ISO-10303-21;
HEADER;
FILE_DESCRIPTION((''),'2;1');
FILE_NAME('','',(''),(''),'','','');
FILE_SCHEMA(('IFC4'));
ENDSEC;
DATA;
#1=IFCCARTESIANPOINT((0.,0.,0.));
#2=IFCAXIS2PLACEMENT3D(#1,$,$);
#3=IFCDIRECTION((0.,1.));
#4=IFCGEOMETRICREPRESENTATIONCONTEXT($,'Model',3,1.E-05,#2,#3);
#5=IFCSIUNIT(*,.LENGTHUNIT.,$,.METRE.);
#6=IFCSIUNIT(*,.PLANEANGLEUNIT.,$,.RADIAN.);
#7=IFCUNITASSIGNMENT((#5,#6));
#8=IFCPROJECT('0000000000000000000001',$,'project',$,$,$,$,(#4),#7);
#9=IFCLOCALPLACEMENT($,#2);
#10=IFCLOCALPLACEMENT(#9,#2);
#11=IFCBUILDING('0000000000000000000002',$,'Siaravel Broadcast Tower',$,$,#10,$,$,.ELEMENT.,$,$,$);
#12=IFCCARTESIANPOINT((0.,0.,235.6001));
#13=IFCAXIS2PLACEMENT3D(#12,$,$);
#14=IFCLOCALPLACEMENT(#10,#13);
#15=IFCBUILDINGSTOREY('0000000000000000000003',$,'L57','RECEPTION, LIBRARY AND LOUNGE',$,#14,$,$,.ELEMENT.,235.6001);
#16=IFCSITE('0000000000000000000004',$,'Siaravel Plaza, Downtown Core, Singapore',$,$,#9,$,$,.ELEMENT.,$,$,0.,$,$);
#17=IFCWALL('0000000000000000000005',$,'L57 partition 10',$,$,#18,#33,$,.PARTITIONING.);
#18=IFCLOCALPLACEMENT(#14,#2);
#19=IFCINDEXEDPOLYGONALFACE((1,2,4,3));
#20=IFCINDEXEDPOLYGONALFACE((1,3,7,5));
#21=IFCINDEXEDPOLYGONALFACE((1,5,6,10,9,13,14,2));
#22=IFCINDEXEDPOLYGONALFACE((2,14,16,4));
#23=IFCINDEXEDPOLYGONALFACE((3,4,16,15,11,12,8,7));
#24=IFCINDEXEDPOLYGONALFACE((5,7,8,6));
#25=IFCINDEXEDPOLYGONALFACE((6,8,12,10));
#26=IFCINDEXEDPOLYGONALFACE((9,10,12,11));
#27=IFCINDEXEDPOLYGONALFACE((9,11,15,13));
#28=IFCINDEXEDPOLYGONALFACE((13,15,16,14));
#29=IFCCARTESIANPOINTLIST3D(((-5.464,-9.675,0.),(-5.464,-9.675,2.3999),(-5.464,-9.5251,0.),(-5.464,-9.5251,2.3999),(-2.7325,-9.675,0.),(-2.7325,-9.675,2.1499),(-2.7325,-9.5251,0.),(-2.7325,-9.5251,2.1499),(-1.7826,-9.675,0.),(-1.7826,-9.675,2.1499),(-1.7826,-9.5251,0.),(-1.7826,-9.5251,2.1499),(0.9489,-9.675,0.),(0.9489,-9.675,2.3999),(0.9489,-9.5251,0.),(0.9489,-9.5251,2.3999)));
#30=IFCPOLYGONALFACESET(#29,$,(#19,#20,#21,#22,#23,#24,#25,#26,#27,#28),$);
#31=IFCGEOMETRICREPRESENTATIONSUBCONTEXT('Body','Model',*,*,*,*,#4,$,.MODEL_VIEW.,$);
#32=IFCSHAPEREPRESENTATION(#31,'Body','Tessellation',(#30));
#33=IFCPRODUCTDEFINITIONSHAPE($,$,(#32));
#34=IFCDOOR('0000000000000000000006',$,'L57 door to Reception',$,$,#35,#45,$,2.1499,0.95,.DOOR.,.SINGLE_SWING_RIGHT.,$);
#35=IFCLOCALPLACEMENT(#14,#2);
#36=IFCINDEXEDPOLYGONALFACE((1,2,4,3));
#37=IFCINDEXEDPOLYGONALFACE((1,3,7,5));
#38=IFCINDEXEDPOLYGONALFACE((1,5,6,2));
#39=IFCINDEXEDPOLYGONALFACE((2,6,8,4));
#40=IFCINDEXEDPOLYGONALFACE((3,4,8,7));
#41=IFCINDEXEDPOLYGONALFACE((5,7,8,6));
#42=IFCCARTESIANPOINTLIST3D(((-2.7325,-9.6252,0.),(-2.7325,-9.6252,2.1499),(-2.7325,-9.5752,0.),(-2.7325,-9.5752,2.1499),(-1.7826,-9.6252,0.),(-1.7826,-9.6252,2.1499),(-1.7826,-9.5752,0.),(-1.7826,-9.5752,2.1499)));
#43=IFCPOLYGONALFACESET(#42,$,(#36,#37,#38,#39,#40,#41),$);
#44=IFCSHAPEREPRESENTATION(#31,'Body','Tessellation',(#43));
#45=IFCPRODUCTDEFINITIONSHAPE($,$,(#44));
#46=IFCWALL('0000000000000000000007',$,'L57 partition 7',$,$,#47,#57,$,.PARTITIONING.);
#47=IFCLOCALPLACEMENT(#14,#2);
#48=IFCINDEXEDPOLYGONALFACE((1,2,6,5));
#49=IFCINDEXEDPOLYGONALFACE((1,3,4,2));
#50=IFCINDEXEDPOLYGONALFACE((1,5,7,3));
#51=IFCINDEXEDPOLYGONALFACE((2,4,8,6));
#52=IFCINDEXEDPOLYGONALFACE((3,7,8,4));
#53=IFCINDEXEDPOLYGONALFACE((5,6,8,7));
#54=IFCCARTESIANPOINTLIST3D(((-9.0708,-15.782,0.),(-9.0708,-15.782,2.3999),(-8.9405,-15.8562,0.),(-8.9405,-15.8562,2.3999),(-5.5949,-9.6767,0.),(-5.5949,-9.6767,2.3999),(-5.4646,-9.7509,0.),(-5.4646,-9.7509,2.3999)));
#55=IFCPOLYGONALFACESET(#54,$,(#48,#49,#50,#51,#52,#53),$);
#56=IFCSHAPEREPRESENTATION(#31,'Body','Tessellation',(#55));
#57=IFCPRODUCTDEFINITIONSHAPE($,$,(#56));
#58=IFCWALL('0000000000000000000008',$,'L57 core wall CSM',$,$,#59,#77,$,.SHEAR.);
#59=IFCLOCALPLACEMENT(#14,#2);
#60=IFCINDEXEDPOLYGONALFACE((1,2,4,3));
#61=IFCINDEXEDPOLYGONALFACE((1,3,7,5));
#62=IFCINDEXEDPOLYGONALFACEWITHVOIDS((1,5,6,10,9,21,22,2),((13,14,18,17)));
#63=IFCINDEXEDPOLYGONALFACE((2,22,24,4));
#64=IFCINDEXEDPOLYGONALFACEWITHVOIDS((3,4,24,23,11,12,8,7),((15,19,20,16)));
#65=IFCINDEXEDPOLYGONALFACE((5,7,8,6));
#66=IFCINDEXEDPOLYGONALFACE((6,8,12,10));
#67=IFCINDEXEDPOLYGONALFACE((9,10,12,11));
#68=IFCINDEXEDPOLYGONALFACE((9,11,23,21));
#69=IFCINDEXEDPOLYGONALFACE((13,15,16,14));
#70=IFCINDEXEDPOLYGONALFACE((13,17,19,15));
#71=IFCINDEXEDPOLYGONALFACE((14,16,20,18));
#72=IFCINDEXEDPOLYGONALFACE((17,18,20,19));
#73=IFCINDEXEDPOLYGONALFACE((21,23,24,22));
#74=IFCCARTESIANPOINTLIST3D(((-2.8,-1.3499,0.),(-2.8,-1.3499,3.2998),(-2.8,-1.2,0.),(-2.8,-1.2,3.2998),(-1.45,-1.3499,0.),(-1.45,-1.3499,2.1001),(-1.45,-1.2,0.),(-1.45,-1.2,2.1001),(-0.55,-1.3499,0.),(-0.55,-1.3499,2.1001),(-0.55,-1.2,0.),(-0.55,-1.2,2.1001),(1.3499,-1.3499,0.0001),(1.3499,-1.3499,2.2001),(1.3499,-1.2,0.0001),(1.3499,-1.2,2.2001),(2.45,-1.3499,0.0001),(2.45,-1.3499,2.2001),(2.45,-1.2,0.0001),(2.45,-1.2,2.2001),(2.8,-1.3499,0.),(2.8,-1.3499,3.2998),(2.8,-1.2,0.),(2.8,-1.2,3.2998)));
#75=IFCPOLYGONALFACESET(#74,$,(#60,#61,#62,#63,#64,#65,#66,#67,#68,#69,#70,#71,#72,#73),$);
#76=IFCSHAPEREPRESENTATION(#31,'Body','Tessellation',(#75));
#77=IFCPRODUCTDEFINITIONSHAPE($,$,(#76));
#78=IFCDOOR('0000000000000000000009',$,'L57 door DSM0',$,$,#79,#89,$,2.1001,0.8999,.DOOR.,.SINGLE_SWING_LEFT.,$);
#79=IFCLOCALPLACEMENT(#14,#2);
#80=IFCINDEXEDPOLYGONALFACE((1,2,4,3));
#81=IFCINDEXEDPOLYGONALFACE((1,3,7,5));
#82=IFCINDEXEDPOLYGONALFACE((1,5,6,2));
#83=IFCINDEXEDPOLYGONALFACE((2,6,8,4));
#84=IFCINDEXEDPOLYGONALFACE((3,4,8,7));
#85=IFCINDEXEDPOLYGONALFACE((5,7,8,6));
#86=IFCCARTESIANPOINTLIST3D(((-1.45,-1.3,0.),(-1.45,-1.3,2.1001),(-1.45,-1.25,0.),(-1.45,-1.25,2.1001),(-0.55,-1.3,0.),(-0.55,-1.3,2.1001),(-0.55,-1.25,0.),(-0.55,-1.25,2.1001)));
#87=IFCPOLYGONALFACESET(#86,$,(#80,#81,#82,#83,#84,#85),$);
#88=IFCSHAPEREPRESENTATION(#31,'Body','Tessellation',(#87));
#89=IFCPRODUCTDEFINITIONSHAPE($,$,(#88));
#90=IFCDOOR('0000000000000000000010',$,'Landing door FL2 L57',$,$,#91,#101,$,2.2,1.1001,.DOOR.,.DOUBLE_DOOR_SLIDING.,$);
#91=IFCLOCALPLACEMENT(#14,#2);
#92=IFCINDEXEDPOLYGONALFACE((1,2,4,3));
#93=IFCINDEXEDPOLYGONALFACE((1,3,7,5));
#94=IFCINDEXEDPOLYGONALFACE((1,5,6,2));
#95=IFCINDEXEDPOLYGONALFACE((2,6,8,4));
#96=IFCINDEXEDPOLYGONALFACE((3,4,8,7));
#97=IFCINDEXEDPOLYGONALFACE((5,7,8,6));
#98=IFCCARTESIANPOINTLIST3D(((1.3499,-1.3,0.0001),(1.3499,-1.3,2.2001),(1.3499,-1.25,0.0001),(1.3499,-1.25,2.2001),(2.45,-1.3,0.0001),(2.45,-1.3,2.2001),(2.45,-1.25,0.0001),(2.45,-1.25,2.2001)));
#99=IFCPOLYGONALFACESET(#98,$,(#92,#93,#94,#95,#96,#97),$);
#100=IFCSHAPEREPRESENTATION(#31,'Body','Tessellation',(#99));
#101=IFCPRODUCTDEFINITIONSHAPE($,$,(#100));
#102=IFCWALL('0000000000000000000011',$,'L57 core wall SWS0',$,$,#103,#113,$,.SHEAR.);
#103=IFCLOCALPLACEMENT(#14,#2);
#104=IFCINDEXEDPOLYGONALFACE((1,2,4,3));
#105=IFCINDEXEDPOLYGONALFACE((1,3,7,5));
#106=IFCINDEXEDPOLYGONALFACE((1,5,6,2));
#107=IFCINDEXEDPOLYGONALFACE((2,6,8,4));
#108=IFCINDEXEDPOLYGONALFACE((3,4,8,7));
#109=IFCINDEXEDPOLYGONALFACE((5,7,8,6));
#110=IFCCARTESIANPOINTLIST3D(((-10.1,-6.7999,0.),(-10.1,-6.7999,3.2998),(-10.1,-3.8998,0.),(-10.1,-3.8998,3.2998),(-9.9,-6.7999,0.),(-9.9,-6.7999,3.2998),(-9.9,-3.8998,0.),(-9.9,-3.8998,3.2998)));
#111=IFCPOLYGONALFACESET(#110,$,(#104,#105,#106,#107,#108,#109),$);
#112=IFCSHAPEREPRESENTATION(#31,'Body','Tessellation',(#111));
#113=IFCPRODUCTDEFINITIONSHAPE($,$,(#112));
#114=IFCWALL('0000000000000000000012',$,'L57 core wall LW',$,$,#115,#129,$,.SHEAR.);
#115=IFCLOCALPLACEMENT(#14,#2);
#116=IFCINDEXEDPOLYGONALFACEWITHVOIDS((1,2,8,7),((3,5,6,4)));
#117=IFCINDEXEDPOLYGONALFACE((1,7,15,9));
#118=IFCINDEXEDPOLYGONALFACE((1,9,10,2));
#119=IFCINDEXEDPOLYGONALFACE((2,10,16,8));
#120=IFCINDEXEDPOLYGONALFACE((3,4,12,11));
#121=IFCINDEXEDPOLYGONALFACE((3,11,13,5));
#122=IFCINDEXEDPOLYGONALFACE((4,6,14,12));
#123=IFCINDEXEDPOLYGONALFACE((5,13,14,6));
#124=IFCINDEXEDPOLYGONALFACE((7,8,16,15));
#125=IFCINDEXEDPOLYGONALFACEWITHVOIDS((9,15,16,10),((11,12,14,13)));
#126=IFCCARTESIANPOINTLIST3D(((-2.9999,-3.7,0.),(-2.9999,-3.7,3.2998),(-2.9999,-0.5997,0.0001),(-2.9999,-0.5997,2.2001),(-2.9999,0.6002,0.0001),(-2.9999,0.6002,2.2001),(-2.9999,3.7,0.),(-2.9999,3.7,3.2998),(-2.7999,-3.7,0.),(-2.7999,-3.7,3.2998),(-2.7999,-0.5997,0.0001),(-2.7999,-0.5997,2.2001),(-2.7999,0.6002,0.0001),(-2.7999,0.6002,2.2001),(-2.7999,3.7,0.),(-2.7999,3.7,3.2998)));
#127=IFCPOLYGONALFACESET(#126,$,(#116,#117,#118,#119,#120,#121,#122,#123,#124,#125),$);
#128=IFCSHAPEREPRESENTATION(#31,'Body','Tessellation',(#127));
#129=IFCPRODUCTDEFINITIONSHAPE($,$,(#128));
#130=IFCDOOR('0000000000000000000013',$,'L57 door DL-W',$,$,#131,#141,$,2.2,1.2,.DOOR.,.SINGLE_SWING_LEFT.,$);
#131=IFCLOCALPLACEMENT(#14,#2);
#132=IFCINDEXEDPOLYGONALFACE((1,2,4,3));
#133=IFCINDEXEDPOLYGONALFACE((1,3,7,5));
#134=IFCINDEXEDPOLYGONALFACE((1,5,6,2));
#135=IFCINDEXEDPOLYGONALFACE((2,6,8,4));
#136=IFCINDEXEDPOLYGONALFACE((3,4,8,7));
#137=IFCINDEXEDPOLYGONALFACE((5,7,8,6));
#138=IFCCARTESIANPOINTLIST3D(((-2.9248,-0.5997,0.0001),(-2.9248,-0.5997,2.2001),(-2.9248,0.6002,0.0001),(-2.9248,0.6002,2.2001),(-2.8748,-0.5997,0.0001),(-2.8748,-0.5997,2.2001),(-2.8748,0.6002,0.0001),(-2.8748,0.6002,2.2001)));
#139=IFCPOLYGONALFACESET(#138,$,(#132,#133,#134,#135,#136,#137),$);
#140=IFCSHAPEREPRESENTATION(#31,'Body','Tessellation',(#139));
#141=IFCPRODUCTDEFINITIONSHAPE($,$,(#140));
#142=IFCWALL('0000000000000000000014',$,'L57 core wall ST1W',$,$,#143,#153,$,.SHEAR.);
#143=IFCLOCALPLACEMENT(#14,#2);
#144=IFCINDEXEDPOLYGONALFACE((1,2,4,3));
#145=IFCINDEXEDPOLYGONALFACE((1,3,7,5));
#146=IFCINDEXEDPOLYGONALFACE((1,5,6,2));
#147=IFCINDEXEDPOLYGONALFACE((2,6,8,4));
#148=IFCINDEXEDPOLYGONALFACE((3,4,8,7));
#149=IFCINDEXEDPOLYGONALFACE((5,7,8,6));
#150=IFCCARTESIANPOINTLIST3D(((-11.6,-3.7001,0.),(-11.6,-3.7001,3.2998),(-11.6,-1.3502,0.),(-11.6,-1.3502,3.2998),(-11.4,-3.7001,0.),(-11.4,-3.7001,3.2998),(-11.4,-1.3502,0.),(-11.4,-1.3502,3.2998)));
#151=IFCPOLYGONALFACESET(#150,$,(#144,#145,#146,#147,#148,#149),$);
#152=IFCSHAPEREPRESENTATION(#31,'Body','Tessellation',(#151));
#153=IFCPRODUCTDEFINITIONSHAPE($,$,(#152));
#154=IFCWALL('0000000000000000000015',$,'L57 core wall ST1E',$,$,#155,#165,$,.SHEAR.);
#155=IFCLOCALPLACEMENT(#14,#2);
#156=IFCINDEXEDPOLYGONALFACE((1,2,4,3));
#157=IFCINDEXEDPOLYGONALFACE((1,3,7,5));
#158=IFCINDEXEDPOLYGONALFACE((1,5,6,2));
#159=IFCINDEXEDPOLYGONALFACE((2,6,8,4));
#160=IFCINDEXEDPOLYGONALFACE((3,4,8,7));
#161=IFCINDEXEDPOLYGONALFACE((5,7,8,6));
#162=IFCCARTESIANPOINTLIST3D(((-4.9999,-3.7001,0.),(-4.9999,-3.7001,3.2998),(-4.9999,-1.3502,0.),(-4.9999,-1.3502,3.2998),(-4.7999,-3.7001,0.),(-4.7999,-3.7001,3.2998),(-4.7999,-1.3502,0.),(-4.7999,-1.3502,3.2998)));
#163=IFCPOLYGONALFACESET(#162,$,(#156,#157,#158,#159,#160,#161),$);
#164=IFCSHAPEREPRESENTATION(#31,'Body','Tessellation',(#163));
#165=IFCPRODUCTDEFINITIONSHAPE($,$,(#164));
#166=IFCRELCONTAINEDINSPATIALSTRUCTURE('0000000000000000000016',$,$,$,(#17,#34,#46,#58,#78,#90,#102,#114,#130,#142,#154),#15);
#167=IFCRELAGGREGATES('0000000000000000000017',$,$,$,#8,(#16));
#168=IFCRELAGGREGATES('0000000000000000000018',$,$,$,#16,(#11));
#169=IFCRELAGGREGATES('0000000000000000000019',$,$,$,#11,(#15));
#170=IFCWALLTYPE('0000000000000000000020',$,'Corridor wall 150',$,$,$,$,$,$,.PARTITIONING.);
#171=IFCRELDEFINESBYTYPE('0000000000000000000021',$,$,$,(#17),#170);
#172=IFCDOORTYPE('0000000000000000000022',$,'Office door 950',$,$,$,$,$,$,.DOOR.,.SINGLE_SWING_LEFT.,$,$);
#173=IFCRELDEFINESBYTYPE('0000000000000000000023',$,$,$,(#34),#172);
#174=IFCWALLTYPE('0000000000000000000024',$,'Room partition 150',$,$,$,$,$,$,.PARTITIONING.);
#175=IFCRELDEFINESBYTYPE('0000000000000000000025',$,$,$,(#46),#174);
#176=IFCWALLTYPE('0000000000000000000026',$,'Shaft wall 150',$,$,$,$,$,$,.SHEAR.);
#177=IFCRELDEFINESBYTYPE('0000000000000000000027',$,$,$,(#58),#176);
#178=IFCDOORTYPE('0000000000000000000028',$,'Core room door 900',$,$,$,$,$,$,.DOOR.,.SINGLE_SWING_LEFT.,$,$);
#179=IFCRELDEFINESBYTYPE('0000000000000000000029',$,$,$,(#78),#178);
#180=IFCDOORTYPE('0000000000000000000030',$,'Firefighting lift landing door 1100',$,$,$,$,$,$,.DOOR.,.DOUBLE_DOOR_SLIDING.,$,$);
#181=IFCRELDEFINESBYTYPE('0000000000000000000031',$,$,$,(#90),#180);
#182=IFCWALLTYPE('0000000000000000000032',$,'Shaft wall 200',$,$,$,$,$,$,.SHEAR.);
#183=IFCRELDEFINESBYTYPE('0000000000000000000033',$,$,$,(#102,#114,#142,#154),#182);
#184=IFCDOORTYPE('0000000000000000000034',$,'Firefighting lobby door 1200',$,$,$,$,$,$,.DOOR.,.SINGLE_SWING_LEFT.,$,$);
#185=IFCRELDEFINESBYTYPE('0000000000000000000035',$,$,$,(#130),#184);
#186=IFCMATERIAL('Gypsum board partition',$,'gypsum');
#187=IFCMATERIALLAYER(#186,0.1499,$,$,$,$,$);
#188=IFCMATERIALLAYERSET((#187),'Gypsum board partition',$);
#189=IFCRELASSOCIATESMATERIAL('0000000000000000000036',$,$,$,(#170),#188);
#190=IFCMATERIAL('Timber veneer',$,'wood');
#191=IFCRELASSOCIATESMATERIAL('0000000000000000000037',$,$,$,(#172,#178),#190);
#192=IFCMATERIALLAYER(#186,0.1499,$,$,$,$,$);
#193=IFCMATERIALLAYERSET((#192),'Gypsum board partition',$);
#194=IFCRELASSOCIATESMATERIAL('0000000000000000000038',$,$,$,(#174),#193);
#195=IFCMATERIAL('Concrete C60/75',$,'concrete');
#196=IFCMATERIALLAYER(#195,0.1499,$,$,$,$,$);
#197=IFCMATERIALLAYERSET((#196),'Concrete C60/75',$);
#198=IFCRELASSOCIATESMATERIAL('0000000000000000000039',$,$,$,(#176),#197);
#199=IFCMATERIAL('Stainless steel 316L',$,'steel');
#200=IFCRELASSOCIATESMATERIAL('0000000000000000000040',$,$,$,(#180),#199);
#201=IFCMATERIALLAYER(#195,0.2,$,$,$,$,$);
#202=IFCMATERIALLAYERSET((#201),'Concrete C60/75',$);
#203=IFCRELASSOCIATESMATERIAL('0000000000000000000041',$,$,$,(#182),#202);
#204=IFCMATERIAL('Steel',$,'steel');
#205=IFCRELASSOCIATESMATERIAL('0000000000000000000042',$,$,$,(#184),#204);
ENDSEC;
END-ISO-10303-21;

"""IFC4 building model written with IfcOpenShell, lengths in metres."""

from ifc_helpers import new_model, si_unit, direction, frame, frame_2d, origin, place, context, subcontext, project, spatial, rectangle, extrude, material, layer, layer_set, type_object, element, fill, save


model = new_model("IFC4")

# Units and contexts
model_context = context("Model", 3, precision=1e-05, world=origin(), true_north=direction((0.0, 1.0)))
body_context = subcontext(model_context, "Body", "Model", "MODEL_VIEW")
ifc_project = project(units=[si_unit("LENGTHUNIT", "METRE"), si_unit("PLANEANGLEUNIT", "RADIAN")], contexts=[model_context])

# Site, building, storey
site_placement = place(None, origin())
site = spatial("IfcSite", under=ifc_project, at=site_placement, Name="Siaravel Plaza, Downtown Core, Singapore", CompositionType="ELEMENT", RefElevation=0.0)
building_placement = place(site_placement, origin())
building = spatial("IfcBuilding", under=site, at=building_placement, Name="Siaravel Broadcast Tower", CompositionType="ELEMENT")
storey_placement = place(building_placement, frame((0.0, 0.0, 235.6001)))
storey = spatial("IfcBuildingStorey", under=building, at=storey_placement, Name="L57", Description="RECEPTION, LIBRARY AND LOUNGE", CompositionType="ELEMENT", Elevation=235.6001)

# Wall, opening, door
ifc_material_1 = material(Name="Gypsum board partition", Category="gypsum")
ifc_layer_1 = layer(ifc_material_1, 0.1499)
ifc_layer_set_1 = layer_set([ifc_layer_1], Name="Gypsum board partition")
wall_type_1 = type_object("IfcWallType", Name="Corridor wall 150", PredefinedType="PARTITIONING", material=ifc_layer_set_1)
wall_1_placement = place(storey_placement, frame((-5.4641, -9.6001, 0.0), z_axis=(0.0, 0.0, 1.0), x_axis=(1.0, 0.0, 0.0)))
wall_1 = element("IfcWall", 1, at=wall_1_placement, inside=storey, type_object=wall_type_1, Name="L57 partition 10", PredefinedType="PARTITIONING", context=body_context, shape_type="SweptSolid", body=[
    extrude(rectangle(XDim=6.4128, YDim=0.1499, at=frame_2d((3.2065, 0.0))), origin(), (0.0, 0.0, 1.0), 2.3999),
])
opening_1_placement = place(wall_1_placement, frame((2.7314, 0.0, 0.0)))
opening_1 = element("IfcOpeningElement", 2, at=opening_1_placement, cuts=wall_1, PredefinedType="OPENING", context=body_context, shape_type="SweptSolid", body=[
    extrude(rectangle(XDim=0.95, YDim=2.1499, at=frame_2d((0.4751, 1.075))), frame((0.0, 0.085, 0.0), z_axis=(0.0, -1.0, 0.0), x_axis=(1.0, 0.0, 0.0)), (0.0, 0.0, 1.0), 0.1699),
])
ifc_material_2 = material(Name="Timber veneer", Category="wood")
door_type_1 = type_object("IfcDoorType", Name="Office door 950", OperationType="SINGLE_SWING_LEFT", PredefinedType="DOOR", material=ifc_material_2)
door_1_placement = place(opening_1_placement, origin())
door_1 = element("IfcDoor", 3, at=door_1_placement, inside=storey, type_object=door_type_1, Name="L57 door to Reception", OperationType="SINGLE_SWING_RIGHT", OverallHeight=2.1499, OverallWidth=0.95, PredefinedType="DOOR", context=body_context, shape_type="SweptSolid", body=[
    extrude(rectangle(XDim=0.95, YDim=2.1499, at=frame_2d((0.4751, 1.075))), frame((0.0, 0.0249, 0.0), z_axis=(0.0, -1.0, 0.0), x_axis=(1.0, 0.0, 0.0)), (0.0, 0.0, 1.0), 0.05),
])
fill(opening_1, door_1)

# Wall
ifc_layer_2 = layer(ifc_material_1, 0.1499)
ifc_layer_set_2 = layer_set([ifc_layer_2], Name="Gypsum board partition")
wall_type_2 = type_object("IfcWallType", Name="Room partition 150", PredefinedType="PARTITIONING", material=ifc_layer_set_2)
wall_2_placement = place(storey_placement, frame((-9.0056, -15.8191, 0.0), z_axis=(0.0, 0.0, 1.0), x_axis=(0.494757, 0.869031, 0.0)))
element("IfcWall", 4, at=wall_2_placement, inside=storey, type_object=wall_type_2, Name="L57 partition 7", PredefinedType="PARTITIONING", context=body_context, shape_type="SweptSolid", body=[
    extrude(rectangle(XDim=7.0254, YDim=0.1499, at=frame_2d((3.5127, 0.0))), origin(), (0.0, 0.0, 1.0), 2.3999),
])

# Wall, openings, doors
ifc_material_3 = material(Name="Concrete C60/75", Category="concrete")
ifc_layer_3 = layer(ifc_material_3, 0.1499)
ifc_layer_set_3 = layer_set([ifc_layer_3], Name="Concrete C60/75")
wall_type_3 = type_object("IfcWallType", Name="Shaft wall 150", PredefinedType="SHEAR", material=ifc_layer_set_3)
wall_3_placement = place(storey_placement, frame((-2.8, -1.2749, 0.0), z_axis=(0.0, 0.0, 1.0), x_axis=(1.0, 0.0, 0.0)))
wall_3 = element("IfcWall", 5, at=wall_3_placement, inside=storey, type_object=wall_type_3, Name="L57 core wall CSM", PredefinedType="SHEAR", context=body_context, shape_type="SweptSolid", body=[
    extrude(rectangle(XDim=5.6001, YDim=0.1499, at=frame_2d((2.8, 0.0))), origin(), (0.0, 0.0, 1.0), 3.2998),
])
opening_2_placement = place(wall_3_placement, frame((4.1499, 0.0, 0.0)))
opening_2 = element("IfcOpeningElement", 6, at=opening_2_placement, cuts=wall_3, PredefinedType="OPENING", context=body_context, shape_type="SweptSolid", body=[
    extrude(rectangle(XDim=1.1001, YDim=2.2, at=frame_2d((0.55, 1.1001))), frame((0.0, 0.085, 0.0), z_axis=(0.0, -1.0, 0.0), x_axis=(1.0, 0.0, 0.0)), (0.0, 0.0, 1.0), 0.1699),
])
opening_3_placement = place(wall_3_placement, frame((1.3501, 0.0, 0.0)))
opening_3 = element("IfcOpeningElement", 7, at=opening_3_placement, cuts=wall_3, PredefinedType="OPENING", context=body_context, shape_type="SweptSolid", body=[
    extrude(rectangle(XDim=0.8999, YDim=2.1001, at=frame_2d((0.45, 1.05))), frame((0.0, 0.085, 0.0), z_axis=(0.0, -1.0, 0.0), x_axis=(1.0, 0.0, 0.0)), (0.0, 0.0, 1.0), 0.1699),
])
door_type_2 = type_object("IfcDoorType", Name="Core room door 900", OperationType="SINGLE_SWING_LEFT", PredefinedType="DOOR", material=ifc_material_2)
door_2_placement = place(opening_3_placement, origin())
door_2 = element("IfcDoor", 8, at=door_2_placement, inside=storey, type_object=door_type_2, Name="L57 door DSM0", OperationType="SINGLE_SWING_LEFT", OverallHeight=2.1001, OverallWidth=0.8999, PredefinedType="DOOR", context=body_context, shape_type="SweptSolid", body=[
    extrude(rectangle(XDim=0.8999, YDim=2.1001, at=frame_2d((0.45, 1.05))), frame((0.0, 0.0249, 0.0), z_axis=(0.0, -1.0, 0.0), x_axis=(1.0, 0.0, 0.0)), (0.0, 0.0, 1.0), 0.05),
])
fill(opening_3, door_2)
ifc_material_4 = material(Name="Stainless steel 316L", Category="steel")
door_type_3 = type_object("IfcDoorType", Name="Firefighting lift landing door 1100", OperationType="DOUBLE_DOOR_SLIDING", PredefinedType="DOOR", material=ifc_material_4)
door_3_placement = place(opening_2_placement, origin())
door_3 = element("IfcDoor", 9, at=door_3_placement, inside=storey, type_object=door_type_3, Name="Landing door FL2 L57", OperationType="DOUBLE_DOOR_SLIDING", OverallHeight=2.2, OverallWidth=1.1001, PredefinedType="DOOR", context=body_context, shape_type="SweptSolid", body=[
    extrude(rectangle(XDim=1.1001, YDim=2.2, at=frame_2d((0.55, 1.1001))), frame((0.0, 0.0249, 0.0), z_axis=(0.0, -1.0, 0.0), x_axis=(1.0, 0.0, 0.0)), (0.0, 0.0, 1.0), 0.05),
])
fill(opening_2, door_3)

# Wall
ifc_layer_4 = layer(ifc_material_3, 0.2)
ifc_layer_set_4 = layer_set([ifc_layer_4], Name="Concrete C60/75")
wall_type_4 = type_object("IfcWallType", Name="Shaft wall 200", PredefinedType="SHEAR", material=ifc_layer_set_4)
wall_4_placement = place(storey_placement, frame((-10.0, -6.8, 0.0), z_axis=(0.0, 0.0, 1.0), x_axis=(0.0, 1.0, 0.0)))
element("IfcWall", 10, at=wall_4_placement, inside=storey, type_object=wall_type_4, Name="L57 core wall SWS0", PredefinedType="SHEAR", context=body_context, shape_type="SweptSolid", body=[
    extrude(rectangle(XDim=2.9001, YDim=0.2, at=frame_2d((1.4502, 0.0))), origin(), (0.0, 0.0, 1.0), 3.2998),
])

# Wall, opening, door
wall_5_placement = place(storey_placement, frame((-2.8999, -3.7, 0.0), z_axis=(0.0, 0.0, 1.0), x_axis=(0.0, 1.0, 0.0)))
wall_5 = element("IfcWall", 11, at=wall_5_placement, inside=storey, type_object=wall_type_4, Name="L57 core wall LW", PredefinedType="SHEAR", context=body_context, shape_type="SweptSolid", body=[
    extrude(rectangle(XDim=7.3999, YDim=0.2, at=frame_2d((3.7, 0.0))), origin(), (0.0, 0.0, 1.0), 3.2998),
])
opening_4_placement = place(wall_5_placement, frame((3.1001, 0.0, 0.0)))
opening_4 = element("IfcOpeningElement", 12, at=opening_4_placement, cuts=wall_5, PredefinedType="OPENING", context=body_context, shape_type="SweptSolid", body=[
    extrude(rectangle(XDim=1.2, YDim=2.2, at=frame_2d((0.6001, 1.1001))), frame((0.0, 0.1099, 0.0), z_axis=(0.0, -1.0, 0.0), x_axis=(1.0, 0.0, 0.0)), (0.0, 0.0, 1.0), 0.22),
])
ifc_material_5 = material(Name="Steel", Category="steel")
door_type_4 = type_object("IfcDoorType", Name="Firefighting lobby door 1200", OperationType="SINGLE_SWING_LEFT", PredefinedType="DOOR", material=ifc_material_5)
door_4_placement = place(opening_4_placement, origin())
door_4 = element("IfcDoor", 13, at=door_4_placement, inside=storey, type_object=door_type_4, Name="L57 door DL-W", OperationType="SINGLE_SWING_LEFT", OverallHeight=2.2, OverallWidth=1.2, PredefinedType="DOOR", context=body_context, shape_type="SweptSolid", body=[
    extrude(rectangle(XDim=1.2, YDim=2.2, at=frame_2d((0.6001, 1.1001))), frame((0.0, 0.0249, 0.0), z_axis=(0.0, -1.0, 0.0), x_axis=(1.0, 0.0, 0.0)), (0.0, 0.0, 1.0), 0.05),
])
fill(opening_4, door_4)

# Walls
for number, where, z_axis, x_axis, name in (
    (14, (-11.5, -3.7, 0.0), (0.0, 0.0, 1.0), (0.0, 1.0, 0.0), "L57 core wall ST1W"),
    (15, (-4.8999, -3.7, 0.0), (0.0, 0.0, 1.0), (0.0, 1.0, 0.0), "L57 core wall ST1E"),
):
    element("IfcWall", number, at=place(storey_placement, frame(where, z_axis=z_axis, x_axis=x_axis)), inside=storey, type_object=wall_type_4, Name=name, PredefinedType="SHEAR", context=body_context, shape_type="SweptSolid", body=[
        extrude(rectangle(XDim=2.3499, YDim=0.2, at=frame_2d((1.1748, 0.0))), origin(), (0.0, 0.0, 1.0), 3.2998),
    ])

save(model, "model.ifc")
